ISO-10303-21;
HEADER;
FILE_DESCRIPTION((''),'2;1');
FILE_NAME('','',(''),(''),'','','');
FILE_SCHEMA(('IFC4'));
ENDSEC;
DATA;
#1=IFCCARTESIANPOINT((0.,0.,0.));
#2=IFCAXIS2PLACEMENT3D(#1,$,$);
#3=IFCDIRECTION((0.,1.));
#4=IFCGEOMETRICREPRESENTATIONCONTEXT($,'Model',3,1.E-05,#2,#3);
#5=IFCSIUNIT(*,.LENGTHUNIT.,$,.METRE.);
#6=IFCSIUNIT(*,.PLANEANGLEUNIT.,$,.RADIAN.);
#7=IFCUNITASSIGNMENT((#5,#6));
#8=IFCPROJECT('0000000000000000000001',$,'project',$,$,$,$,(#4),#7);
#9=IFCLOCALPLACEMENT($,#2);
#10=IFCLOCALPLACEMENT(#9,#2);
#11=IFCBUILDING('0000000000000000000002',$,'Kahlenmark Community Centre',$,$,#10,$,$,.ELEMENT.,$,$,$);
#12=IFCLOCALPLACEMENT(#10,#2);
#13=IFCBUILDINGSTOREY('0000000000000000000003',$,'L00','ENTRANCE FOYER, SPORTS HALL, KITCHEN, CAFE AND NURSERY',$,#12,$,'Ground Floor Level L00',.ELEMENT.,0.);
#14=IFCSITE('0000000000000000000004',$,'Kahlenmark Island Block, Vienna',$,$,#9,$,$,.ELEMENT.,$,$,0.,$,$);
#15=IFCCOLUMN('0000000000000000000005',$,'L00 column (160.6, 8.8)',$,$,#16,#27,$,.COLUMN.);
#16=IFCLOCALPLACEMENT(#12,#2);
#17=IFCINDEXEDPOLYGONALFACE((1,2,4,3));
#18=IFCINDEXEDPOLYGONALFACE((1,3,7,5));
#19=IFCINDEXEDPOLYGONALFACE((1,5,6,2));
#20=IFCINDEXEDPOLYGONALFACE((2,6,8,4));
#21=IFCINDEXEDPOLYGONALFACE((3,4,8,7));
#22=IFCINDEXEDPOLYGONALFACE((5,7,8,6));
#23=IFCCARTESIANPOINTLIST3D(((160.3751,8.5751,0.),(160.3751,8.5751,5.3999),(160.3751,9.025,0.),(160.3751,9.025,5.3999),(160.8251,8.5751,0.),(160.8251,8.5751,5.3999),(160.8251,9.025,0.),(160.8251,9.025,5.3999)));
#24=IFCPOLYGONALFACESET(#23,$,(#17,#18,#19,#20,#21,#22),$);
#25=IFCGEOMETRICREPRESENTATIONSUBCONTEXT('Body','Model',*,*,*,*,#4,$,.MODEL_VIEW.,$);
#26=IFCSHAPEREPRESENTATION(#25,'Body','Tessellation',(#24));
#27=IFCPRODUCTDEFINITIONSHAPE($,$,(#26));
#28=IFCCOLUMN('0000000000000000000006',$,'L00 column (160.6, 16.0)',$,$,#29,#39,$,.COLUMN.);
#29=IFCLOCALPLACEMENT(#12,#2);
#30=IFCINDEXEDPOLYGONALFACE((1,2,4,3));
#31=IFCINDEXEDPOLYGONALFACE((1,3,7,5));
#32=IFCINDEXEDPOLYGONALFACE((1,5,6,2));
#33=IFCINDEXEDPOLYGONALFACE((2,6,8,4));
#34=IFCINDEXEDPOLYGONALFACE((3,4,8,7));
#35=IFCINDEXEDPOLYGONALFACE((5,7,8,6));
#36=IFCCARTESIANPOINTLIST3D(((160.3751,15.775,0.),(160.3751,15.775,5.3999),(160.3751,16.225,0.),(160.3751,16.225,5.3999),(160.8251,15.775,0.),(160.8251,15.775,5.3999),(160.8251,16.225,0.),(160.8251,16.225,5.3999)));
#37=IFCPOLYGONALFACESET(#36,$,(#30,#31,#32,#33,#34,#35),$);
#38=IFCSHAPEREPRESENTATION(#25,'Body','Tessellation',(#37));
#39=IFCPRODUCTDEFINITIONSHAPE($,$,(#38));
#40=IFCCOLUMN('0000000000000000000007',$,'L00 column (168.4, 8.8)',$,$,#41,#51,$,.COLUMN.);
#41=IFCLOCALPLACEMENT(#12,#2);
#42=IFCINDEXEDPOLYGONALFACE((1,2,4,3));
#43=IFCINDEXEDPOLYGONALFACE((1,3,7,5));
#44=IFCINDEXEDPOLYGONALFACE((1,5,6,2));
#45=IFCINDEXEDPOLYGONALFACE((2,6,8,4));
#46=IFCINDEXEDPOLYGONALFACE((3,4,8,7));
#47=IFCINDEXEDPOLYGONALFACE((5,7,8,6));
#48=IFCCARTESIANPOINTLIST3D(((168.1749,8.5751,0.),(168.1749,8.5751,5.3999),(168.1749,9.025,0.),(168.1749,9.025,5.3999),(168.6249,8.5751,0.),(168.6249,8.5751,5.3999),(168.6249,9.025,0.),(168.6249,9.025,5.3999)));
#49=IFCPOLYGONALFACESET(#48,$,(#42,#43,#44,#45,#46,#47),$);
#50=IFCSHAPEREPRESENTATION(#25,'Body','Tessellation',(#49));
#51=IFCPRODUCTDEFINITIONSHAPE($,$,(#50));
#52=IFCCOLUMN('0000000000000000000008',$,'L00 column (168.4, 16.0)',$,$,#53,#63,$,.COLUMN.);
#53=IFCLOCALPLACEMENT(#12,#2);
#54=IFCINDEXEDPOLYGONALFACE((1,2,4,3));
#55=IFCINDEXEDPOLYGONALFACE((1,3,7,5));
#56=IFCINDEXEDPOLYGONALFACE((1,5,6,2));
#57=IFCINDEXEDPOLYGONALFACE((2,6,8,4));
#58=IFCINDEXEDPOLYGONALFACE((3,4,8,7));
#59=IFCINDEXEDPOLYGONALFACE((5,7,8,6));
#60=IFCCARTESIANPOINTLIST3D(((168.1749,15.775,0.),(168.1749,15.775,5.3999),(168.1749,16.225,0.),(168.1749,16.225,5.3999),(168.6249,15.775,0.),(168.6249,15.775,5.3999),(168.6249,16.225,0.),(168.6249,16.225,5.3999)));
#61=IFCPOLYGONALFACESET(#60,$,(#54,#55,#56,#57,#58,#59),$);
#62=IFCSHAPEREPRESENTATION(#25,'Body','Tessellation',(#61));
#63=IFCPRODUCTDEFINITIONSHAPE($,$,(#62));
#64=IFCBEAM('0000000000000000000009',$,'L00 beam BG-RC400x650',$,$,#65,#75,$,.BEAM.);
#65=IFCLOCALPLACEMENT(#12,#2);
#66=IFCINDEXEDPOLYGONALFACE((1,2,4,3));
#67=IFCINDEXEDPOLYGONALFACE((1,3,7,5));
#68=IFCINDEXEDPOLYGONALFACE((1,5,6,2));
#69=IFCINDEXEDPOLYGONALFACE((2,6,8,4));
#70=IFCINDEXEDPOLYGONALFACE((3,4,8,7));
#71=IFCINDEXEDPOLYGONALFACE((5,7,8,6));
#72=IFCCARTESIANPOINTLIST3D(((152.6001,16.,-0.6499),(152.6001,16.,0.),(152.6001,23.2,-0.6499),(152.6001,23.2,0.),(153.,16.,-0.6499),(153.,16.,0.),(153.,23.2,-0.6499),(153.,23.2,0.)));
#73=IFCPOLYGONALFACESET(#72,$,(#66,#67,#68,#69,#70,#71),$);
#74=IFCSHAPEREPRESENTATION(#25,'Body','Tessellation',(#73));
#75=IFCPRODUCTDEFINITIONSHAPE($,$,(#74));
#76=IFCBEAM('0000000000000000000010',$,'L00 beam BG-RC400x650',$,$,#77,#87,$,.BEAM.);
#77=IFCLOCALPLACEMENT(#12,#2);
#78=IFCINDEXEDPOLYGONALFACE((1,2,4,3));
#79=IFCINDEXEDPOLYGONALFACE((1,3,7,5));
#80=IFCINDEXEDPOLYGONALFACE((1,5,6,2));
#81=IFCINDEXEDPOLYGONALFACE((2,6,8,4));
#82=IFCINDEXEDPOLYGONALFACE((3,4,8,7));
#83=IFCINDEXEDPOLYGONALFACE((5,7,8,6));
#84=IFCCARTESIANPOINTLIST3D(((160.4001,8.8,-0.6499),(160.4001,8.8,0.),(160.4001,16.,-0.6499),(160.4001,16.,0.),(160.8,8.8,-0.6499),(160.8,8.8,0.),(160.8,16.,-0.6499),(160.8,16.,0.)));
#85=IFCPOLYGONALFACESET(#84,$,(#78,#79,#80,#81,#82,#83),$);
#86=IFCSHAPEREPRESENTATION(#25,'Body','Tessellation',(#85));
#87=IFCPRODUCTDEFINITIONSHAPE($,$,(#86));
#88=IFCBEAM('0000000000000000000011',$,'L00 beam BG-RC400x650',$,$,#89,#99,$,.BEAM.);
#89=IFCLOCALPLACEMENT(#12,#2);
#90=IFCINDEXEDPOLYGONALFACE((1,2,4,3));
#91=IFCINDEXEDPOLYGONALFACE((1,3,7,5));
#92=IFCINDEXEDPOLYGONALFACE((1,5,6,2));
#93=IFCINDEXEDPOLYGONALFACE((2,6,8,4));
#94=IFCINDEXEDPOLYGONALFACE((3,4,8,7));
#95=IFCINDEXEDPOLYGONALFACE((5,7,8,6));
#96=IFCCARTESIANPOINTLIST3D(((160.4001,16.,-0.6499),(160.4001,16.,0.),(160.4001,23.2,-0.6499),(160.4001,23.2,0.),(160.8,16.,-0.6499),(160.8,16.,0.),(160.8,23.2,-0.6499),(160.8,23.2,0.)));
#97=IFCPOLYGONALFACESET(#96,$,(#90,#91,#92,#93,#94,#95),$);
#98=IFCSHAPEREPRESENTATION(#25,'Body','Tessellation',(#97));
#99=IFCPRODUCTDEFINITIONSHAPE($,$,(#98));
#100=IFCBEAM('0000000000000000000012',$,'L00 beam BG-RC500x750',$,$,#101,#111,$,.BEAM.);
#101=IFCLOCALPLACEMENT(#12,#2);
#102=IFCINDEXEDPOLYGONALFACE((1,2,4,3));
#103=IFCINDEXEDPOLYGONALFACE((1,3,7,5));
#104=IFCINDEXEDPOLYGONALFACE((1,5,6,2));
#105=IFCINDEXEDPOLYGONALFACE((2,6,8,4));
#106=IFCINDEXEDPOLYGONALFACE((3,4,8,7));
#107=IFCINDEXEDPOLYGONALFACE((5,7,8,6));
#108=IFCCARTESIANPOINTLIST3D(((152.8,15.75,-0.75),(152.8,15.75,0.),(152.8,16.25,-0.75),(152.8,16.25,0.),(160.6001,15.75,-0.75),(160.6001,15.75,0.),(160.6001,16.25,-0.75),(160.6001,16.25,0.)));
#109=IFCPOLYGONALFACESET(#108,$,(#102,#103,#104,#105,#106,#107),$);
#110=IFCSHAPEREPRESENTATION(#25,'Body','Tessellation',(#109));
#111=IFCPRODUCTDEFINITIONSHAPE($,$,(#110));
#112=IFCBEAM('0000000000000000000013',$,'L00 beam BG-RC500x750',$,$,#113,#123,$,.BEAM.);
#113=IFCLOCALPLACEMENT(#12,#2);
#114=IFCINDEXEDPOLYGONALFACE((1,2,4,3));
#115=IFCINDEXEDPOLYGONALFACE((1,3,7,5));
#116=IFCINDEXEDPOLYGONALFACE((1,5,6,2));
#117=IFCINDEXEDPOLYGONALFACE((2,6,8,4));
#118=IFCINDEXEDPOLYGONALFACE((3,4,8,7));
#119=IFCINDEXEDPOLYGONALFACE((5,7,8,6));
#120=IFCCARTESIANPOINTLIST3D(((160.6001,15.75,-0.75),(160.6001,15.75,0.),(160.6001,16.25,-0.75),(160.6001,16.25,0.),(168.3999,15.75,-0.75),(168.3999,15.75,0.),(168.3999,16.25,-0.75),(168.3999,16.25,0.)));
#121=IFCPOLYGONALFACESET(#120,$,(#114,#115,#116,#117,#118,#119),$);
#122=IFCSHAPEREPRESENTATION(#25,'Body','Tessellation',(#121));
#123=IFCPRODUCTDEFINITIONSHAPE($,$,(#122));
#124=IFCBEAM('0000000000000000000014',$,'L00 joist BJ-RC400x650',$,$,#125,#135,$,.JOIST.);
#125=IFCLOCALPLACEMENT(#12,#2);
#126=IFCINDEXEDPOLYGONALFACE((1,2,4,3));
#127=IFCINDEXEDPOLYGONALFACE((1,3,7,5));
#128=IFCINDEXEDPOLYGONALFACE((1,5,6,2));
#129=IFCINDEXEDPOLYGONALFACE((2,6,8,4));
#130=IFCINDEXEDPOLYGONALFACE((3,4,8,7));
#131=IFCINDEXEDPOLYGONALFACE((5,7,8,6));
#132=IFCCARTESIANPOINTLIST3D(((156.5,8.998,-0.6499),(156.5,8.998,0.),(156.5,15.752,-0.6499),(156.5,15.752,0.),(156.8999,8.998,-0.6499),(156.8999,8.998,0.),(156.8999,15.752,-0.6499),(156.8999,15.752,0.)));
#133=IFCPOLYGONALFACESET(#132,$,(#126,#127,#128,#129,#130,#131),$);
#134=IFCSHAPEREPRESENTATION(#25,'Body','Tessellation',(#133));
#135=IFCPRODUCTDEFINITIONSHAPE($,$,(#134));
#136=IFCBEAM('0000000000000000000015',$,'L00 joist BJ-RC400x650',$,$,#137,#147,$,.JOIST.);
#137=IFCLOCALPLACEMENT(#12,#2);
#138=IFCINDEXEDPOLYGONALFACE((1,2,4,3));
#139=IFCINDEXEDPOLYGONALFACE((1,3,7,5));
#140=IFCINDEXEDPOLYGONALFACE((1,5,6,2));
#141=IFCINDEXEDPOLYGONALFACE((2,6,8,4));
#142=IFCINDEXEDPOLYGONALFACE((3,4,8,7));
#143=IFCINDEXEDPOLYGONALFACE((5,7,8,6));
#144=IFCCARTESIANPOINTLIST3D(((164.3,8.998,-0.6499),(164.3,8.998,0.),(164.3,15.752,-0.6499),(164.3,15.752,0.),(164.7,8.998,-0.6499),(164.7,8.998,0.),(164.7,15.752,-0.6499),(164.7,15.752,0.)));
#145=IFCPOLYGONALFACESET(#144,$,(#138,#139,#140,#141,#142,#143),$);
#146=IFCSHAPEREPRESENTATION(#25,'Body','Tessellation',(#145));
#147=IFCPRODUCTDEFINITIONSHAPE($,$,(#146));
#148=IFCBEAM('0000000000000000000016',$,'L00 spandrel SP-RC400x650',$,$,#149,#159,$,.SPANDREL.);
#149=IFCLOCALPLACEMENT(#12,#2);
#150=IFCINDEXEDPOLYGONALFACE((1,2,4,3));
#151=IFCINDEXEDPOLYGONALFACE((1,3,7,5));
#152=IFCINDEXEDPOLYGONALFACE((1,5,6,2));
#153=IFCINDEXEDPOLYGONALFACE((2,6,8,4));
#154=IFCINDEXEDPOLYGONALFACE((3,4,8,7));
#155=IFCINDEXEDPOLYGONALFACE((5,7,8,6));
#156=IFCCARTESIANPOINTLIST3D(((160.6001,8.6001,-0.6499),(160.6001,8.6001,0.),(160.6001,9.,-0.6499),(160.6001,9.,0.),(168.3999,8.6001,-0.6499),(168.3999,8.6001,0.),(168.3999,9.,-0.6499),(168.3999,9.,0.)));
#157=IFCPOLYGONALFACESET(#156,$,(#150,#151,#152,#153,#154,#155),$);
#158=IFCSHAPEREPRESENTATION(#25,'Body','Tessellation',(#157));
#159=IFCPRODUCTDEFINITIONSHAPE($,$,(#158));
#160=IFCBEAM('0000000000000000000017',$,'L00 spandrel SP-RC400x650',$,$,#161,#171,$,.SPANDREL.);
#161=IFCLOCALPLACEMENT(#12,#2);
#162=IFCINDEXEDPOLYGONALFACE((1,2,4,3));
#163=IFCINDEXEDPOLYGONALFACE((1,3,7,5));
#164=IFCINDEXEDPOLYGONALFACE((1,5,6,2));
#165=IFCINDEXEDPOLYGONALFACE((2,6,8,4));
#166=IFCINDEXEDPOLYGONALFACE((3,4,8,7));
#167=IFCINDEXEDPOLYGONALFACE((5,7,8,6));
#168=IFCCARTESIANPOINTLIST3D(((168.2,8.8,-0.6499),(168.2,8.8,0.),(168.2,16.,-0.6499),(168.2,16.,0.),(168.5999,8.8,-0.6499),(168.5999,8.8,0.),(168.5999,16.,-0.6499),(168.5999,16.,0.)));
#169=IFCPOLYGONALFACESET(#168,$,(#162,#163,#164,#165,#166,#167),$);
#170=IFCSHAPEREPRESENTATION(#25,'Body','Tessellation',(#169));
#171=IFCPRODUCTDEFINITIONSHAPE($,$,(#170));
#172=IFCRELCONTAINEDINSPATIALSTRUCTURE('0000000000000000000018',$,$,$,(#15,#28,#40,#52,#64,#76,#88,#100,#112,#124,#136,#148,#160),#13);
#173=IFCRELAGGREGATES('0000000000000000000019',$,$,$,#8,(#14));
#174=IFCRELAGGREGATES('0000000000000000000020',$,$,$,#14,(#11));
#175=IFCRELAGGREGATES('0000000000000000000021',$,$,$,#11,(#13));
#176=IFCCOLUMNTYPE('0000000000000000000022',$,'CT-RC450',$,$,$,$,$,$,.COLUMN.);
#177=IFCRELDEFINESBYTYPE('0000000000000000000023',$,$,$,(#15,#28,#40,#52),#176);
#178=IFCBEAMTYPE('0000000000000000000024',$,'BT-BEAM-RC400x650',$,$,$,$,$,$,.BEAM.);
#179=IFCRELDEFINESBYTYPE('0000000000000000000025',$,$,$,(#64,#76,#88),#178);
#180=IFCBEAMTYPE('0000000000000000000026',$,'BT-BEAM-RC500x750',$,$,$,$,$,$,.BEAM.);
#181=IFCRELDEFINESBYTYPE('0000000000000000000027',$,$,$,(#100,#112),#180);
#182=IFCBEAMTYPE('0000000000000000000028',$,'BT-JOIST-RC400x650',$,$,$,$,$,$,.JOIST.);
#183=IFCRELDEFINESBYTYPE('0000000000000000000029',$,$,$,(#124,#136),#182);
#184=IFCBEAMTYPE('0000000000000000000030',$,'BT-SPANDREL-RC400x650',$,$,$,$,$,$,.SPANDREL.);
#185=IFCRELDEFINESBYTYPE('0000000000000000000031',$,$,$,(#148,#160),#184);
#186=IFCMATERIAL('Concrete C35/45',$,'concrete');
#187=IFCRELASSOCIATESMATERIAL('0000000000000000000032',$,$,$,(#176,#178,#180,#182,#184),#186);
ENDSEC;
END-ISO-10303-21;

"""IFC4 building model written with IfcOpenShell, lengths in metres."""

from ifc_helpers import new_model, si_unit, direction, frame, origin, origin_2d, place, context, subcontext, project, spatial, rectangle, extrude, material, material_profile, profile_set, type_object, element, save


model = new_model("IFC4")

# Units and contexts
model_context = context("Model", 3, precision=1e-05, world=origin(), true_north=direction((0.0, 1.0)))
body_context = subcontext(model_context, "Body", "Model", "MODEL_VIEW")
ifc_project = project(units=[si_unit("LENGTHUNIT", "METRE"), si_unit("PLANEANGLEUNIT", "RADIAN")], contexts=[model_context])

# Site, building, storey
site_placement = place(None, origin())
site = spatial("IfcSite", under=ifc_project, at=site_placement, Name="Kahlenmark Island Block, Vienna", CompositionType="ELEMENT", RefElevation=0.0)
building_placement = place(site_placement, origin())
building = spatial("IfcBuilding", under=site, at=building_placement, Name="Kahlenmark Community Centre", CompositionType="ELEMENT")
storey_placement = place(building_placement, origin())
storey = spatial("IfcBuildingStorey", under=building, at=storey_placement, Name="L00", Description="ENTRANCE FOYER, SPORTS HALL, KITCHEN, CAFE AND NURSERY", LongName="Ground Floor Level L00", CompositionType="ELEMENT", Elevation=0.0)

# Columns
ifc_material_1 = material(Name="Concrete C35/45", Category="concrete")
ifc_material_profile_1 = material_profile(ifc_material_1, rectangle(XDim=0.45, YDim=0.45, at=origin_2d()), Name="RC 450x450")
ifc_profile_set_1 = profile_set([ifc_material_profile_1], Name="Concrete C35/45")
column_type = type_object("IfcColumnType", Name="CT-RC450", PredefinedType="COLUMN", material=ifc_profile_set_1)
for number, where, z_axis, x_axis, name in (
    (1, (160.6001, 8.8, 0.0), (0.0, 0.0, 1.0), (1.0, 0.0, 0.0), "L00 column (160.6, 8.8)"),
    (2, (160.6001, 16.0, 0.0), (0.0, 0.0, 1.0), (1.0, 0.0, 0.0), "L00 column (160.6, 16.0)"),
    (3, (168.3999, 8.8, 0.0), (0.0, 0.0, 1.0), (1.0, 0.0, 0.0), "L00 column (168.4, 8.8)"),
    (4, (168.3999, 16.0, 0.0), (0.0, 0.0, 1.0), (1.0, 0.0, 0.0), "L00 column (168.4, 16.0)"),
):
    element("IfcColumn", number, at=place(storey_placement, frame(where, z_axis=z_axis, x_axis=x_axis)), inside=storey, type_object=column_type, Name=name, PredefinedType="COLUMN", context=body_context, shape_type="SweptSolid", body=[
        extrude(rectangle(XDim=0.45, YDim=0.45, at=origin_2d()), origin(), (0.0, 0.0, 1.0), 5.3999),
    ])

# Beams
ifc_material_profile_2 = material_profile(ifc_material_1, rectangle(XDim=0.3999, YDim=0.6499, at=origin_2d()), Name="RC 400x650")
ifc_profile_set_2 = profile_set([ifc_material_profile_2], Name="Concrete C35/45")
beam_type_1 = type_object("IfcBeamType", Name="BT-BEAM-RC400x650", PredefinedType="BEAM", material=ifc_profile_set_2)
for number, where, z_axis, x_axis, name in (
    (5, (152.8, 16.0, -0.325), (0.0, 1.0, 0.0), (-1.0, 0.0, 0.0), "L00 beam BG-RC400x650"),
    (6, (160.6001, 8.8, -0.325), (0.0, 1.0, 0.0), (-1.0, 0.0, 0.0), "L00 beam BG-RC400x650"),
    (7, (160.6001, 16.0, -0.325), (0.0, 1.0, 0.0), (-1.0, 0.0, 0.0), "L00 beam BG-RC400x650"),
):
    element("IfcBeam", number, at=place(storey_placement, frame(where, z_axis=z_axis, x_axis=x_axis)), inside=storey, type_object=beam_type_1, Name=name, PredefinedType="BEAM", context=body_context, shape_type="SweptSolid", body=[
        extrude(rectangle(XDim=0.3999, YDim=0.6499, at=origin_2d()), origin(), (0.0, 0.0, 1.0), 7.2),
    ])
ifc_material_profile_3 = material_profile(ifc_material_1, rectangle(XDim=0.5, YDim=0.75, at=origin_2d()), Name="RC 500x750")
ifc_profile_set_3 = profile_set([ifc_material_profile_3], Name="Concrete C35/45")
beam_type_2 = type_object("IfcBeamType", Name="BT-BEAM-RC500x750", PredefinedType="BEAM", material=ifc_profile_set_3)
beam_1_placement = place(storey_placement, frame((152.8, 16.0, -0.375), z_axis=(1.0, 0.0, 0.0), x_axis=(0.0, 1.0, 0.0)))
element("IfcBeam", 8, at=beam_1_placement, inside=storey, type_object=beam_type_2, Name="L00 beam BG-RC500x750", PredefinedType="BEAM", context=body_context, shape_type="SweptSolid", body=[
    extrude(rectangle(XDim=0.5, YDim=0.75, at=origin_2d()), origin(), (0.0, 0.0, 1.0), 7.8),
])
beam_2_placement = place(storey_placement, frame((160.6001, 16.0, -0.375), z_axis=(1.0, 0.0, 0.0), x_axis=(0.0, 1.0, 0.0)))
element("IfcBeam", 9, at=beam_2_placement, inside=storey, type_object=beam_type_2, Name="L00 beam BG-RC500x750", PredefinedType="BEAM", context=body_context, shape_type="SweptSolid", body=[
    extrude(rectangle(XDim=0.5, YDim=0.75, at=origin_2d()), origin(), (0.0, 0.0, 1.0), 7.7998),
])
ifc_material_profile_4 = material_profile(ifc_material_1, rectangle(XDim=0.3999, YDim=0.6499, at=origin_2d()), Name="RC 400x650")
ifc_profile_set_4 = profile_set([ifc_material_profile_4], Name="Concrete C35/45")
beam_type_3 = type_object("IfcBeamType", Name="BT-JOIST-RC400x650", PredefinedType="JOIST", material=ifc_profile_set_4)
for number, where, z_axis, x_axis, name in (
    (10, (156.7, 8.998, -0.325), (0.0, 1.0, 0.0), (-1.0, 0.0, 0.0), "L00 joist BJ-RC400x650"),
    (11, (164.5, 8.998, -0.325), (0.0, 1.0, 0.0), (-1.0, 0.0, 0.0), "L00 joist BJ-RC400x650"),
):
    element("IfcBeam", number, at=place(storey_placement, frame(where, z_axis=z_axis, x_axis=x_axis)), inside=storey, type_object=beam_type_3, Name=name, PredefinedType="JOIST", context=body_context, shape_type="SweptSolid", body=[
        extrude(rectangle(XDim=0.3999, YDim=0.6499, at=origin_2d()), origin(), (0.0, 0.0, 1.0), 6.7539),
    ])
ifc_material_profile_5 = material_profile(ifc_material_1, rectangle(XDim=0.3999, YDim=0.6499, at=origin_2d()), Name="RC 400x650")
ifc_profile_set_5 = profile_set([ifc_material_profile_5], Name="Concrete C35/45")
beam_type_4 = type_object("IfcBeamType", Name="BT-SPANDREL-RC400x650", PredefinedType="SPANDREL", material=ifc_profile_set_5)
beam_3_placement = place(storey_placement, frame((160.6001, 8.8, -0.325), z_axis=(1.0, 0.0, 0.0), x_axis=(0.0, 1.0, 0.0)))
element("IfcBeam", 12, at=beam_3_placement, inside=storey, type_object=beam_type_4, Name="L00 spandrel SP-RC400x650", PredefinedType="SPANDREL", context=body_context, shape_type="SweptSolid", body=[
    extrude(rectangle(XDim=0.3999, YDim=0.6499, at=origin_2d()), origin(), (0.0, 0.0, 1.0), 7.7998),
])
beam_4_placement = place(storey_placement, frame((168.3999, 8.8, -0.325), z_axis=(0.0, 1.0, 0.0), x_axis=(-1.0, 0.0, 0.0)))
element("IfcBeam", 13, at=beam_4_placement, inside=storey, type_object=beam_type_4, Name="L00 spandrel SP-RC400x650", PredefinedType="SPANDREL", context=body_context, shape_type="SweptSolid", body=[
    extrude(rectangle(XDim=0.3999, YDim=0.6499, at=origin_2d()), origin(), (0.0, 0.0, 1.0), 7.2),
])

save(model, "model.ifc")
